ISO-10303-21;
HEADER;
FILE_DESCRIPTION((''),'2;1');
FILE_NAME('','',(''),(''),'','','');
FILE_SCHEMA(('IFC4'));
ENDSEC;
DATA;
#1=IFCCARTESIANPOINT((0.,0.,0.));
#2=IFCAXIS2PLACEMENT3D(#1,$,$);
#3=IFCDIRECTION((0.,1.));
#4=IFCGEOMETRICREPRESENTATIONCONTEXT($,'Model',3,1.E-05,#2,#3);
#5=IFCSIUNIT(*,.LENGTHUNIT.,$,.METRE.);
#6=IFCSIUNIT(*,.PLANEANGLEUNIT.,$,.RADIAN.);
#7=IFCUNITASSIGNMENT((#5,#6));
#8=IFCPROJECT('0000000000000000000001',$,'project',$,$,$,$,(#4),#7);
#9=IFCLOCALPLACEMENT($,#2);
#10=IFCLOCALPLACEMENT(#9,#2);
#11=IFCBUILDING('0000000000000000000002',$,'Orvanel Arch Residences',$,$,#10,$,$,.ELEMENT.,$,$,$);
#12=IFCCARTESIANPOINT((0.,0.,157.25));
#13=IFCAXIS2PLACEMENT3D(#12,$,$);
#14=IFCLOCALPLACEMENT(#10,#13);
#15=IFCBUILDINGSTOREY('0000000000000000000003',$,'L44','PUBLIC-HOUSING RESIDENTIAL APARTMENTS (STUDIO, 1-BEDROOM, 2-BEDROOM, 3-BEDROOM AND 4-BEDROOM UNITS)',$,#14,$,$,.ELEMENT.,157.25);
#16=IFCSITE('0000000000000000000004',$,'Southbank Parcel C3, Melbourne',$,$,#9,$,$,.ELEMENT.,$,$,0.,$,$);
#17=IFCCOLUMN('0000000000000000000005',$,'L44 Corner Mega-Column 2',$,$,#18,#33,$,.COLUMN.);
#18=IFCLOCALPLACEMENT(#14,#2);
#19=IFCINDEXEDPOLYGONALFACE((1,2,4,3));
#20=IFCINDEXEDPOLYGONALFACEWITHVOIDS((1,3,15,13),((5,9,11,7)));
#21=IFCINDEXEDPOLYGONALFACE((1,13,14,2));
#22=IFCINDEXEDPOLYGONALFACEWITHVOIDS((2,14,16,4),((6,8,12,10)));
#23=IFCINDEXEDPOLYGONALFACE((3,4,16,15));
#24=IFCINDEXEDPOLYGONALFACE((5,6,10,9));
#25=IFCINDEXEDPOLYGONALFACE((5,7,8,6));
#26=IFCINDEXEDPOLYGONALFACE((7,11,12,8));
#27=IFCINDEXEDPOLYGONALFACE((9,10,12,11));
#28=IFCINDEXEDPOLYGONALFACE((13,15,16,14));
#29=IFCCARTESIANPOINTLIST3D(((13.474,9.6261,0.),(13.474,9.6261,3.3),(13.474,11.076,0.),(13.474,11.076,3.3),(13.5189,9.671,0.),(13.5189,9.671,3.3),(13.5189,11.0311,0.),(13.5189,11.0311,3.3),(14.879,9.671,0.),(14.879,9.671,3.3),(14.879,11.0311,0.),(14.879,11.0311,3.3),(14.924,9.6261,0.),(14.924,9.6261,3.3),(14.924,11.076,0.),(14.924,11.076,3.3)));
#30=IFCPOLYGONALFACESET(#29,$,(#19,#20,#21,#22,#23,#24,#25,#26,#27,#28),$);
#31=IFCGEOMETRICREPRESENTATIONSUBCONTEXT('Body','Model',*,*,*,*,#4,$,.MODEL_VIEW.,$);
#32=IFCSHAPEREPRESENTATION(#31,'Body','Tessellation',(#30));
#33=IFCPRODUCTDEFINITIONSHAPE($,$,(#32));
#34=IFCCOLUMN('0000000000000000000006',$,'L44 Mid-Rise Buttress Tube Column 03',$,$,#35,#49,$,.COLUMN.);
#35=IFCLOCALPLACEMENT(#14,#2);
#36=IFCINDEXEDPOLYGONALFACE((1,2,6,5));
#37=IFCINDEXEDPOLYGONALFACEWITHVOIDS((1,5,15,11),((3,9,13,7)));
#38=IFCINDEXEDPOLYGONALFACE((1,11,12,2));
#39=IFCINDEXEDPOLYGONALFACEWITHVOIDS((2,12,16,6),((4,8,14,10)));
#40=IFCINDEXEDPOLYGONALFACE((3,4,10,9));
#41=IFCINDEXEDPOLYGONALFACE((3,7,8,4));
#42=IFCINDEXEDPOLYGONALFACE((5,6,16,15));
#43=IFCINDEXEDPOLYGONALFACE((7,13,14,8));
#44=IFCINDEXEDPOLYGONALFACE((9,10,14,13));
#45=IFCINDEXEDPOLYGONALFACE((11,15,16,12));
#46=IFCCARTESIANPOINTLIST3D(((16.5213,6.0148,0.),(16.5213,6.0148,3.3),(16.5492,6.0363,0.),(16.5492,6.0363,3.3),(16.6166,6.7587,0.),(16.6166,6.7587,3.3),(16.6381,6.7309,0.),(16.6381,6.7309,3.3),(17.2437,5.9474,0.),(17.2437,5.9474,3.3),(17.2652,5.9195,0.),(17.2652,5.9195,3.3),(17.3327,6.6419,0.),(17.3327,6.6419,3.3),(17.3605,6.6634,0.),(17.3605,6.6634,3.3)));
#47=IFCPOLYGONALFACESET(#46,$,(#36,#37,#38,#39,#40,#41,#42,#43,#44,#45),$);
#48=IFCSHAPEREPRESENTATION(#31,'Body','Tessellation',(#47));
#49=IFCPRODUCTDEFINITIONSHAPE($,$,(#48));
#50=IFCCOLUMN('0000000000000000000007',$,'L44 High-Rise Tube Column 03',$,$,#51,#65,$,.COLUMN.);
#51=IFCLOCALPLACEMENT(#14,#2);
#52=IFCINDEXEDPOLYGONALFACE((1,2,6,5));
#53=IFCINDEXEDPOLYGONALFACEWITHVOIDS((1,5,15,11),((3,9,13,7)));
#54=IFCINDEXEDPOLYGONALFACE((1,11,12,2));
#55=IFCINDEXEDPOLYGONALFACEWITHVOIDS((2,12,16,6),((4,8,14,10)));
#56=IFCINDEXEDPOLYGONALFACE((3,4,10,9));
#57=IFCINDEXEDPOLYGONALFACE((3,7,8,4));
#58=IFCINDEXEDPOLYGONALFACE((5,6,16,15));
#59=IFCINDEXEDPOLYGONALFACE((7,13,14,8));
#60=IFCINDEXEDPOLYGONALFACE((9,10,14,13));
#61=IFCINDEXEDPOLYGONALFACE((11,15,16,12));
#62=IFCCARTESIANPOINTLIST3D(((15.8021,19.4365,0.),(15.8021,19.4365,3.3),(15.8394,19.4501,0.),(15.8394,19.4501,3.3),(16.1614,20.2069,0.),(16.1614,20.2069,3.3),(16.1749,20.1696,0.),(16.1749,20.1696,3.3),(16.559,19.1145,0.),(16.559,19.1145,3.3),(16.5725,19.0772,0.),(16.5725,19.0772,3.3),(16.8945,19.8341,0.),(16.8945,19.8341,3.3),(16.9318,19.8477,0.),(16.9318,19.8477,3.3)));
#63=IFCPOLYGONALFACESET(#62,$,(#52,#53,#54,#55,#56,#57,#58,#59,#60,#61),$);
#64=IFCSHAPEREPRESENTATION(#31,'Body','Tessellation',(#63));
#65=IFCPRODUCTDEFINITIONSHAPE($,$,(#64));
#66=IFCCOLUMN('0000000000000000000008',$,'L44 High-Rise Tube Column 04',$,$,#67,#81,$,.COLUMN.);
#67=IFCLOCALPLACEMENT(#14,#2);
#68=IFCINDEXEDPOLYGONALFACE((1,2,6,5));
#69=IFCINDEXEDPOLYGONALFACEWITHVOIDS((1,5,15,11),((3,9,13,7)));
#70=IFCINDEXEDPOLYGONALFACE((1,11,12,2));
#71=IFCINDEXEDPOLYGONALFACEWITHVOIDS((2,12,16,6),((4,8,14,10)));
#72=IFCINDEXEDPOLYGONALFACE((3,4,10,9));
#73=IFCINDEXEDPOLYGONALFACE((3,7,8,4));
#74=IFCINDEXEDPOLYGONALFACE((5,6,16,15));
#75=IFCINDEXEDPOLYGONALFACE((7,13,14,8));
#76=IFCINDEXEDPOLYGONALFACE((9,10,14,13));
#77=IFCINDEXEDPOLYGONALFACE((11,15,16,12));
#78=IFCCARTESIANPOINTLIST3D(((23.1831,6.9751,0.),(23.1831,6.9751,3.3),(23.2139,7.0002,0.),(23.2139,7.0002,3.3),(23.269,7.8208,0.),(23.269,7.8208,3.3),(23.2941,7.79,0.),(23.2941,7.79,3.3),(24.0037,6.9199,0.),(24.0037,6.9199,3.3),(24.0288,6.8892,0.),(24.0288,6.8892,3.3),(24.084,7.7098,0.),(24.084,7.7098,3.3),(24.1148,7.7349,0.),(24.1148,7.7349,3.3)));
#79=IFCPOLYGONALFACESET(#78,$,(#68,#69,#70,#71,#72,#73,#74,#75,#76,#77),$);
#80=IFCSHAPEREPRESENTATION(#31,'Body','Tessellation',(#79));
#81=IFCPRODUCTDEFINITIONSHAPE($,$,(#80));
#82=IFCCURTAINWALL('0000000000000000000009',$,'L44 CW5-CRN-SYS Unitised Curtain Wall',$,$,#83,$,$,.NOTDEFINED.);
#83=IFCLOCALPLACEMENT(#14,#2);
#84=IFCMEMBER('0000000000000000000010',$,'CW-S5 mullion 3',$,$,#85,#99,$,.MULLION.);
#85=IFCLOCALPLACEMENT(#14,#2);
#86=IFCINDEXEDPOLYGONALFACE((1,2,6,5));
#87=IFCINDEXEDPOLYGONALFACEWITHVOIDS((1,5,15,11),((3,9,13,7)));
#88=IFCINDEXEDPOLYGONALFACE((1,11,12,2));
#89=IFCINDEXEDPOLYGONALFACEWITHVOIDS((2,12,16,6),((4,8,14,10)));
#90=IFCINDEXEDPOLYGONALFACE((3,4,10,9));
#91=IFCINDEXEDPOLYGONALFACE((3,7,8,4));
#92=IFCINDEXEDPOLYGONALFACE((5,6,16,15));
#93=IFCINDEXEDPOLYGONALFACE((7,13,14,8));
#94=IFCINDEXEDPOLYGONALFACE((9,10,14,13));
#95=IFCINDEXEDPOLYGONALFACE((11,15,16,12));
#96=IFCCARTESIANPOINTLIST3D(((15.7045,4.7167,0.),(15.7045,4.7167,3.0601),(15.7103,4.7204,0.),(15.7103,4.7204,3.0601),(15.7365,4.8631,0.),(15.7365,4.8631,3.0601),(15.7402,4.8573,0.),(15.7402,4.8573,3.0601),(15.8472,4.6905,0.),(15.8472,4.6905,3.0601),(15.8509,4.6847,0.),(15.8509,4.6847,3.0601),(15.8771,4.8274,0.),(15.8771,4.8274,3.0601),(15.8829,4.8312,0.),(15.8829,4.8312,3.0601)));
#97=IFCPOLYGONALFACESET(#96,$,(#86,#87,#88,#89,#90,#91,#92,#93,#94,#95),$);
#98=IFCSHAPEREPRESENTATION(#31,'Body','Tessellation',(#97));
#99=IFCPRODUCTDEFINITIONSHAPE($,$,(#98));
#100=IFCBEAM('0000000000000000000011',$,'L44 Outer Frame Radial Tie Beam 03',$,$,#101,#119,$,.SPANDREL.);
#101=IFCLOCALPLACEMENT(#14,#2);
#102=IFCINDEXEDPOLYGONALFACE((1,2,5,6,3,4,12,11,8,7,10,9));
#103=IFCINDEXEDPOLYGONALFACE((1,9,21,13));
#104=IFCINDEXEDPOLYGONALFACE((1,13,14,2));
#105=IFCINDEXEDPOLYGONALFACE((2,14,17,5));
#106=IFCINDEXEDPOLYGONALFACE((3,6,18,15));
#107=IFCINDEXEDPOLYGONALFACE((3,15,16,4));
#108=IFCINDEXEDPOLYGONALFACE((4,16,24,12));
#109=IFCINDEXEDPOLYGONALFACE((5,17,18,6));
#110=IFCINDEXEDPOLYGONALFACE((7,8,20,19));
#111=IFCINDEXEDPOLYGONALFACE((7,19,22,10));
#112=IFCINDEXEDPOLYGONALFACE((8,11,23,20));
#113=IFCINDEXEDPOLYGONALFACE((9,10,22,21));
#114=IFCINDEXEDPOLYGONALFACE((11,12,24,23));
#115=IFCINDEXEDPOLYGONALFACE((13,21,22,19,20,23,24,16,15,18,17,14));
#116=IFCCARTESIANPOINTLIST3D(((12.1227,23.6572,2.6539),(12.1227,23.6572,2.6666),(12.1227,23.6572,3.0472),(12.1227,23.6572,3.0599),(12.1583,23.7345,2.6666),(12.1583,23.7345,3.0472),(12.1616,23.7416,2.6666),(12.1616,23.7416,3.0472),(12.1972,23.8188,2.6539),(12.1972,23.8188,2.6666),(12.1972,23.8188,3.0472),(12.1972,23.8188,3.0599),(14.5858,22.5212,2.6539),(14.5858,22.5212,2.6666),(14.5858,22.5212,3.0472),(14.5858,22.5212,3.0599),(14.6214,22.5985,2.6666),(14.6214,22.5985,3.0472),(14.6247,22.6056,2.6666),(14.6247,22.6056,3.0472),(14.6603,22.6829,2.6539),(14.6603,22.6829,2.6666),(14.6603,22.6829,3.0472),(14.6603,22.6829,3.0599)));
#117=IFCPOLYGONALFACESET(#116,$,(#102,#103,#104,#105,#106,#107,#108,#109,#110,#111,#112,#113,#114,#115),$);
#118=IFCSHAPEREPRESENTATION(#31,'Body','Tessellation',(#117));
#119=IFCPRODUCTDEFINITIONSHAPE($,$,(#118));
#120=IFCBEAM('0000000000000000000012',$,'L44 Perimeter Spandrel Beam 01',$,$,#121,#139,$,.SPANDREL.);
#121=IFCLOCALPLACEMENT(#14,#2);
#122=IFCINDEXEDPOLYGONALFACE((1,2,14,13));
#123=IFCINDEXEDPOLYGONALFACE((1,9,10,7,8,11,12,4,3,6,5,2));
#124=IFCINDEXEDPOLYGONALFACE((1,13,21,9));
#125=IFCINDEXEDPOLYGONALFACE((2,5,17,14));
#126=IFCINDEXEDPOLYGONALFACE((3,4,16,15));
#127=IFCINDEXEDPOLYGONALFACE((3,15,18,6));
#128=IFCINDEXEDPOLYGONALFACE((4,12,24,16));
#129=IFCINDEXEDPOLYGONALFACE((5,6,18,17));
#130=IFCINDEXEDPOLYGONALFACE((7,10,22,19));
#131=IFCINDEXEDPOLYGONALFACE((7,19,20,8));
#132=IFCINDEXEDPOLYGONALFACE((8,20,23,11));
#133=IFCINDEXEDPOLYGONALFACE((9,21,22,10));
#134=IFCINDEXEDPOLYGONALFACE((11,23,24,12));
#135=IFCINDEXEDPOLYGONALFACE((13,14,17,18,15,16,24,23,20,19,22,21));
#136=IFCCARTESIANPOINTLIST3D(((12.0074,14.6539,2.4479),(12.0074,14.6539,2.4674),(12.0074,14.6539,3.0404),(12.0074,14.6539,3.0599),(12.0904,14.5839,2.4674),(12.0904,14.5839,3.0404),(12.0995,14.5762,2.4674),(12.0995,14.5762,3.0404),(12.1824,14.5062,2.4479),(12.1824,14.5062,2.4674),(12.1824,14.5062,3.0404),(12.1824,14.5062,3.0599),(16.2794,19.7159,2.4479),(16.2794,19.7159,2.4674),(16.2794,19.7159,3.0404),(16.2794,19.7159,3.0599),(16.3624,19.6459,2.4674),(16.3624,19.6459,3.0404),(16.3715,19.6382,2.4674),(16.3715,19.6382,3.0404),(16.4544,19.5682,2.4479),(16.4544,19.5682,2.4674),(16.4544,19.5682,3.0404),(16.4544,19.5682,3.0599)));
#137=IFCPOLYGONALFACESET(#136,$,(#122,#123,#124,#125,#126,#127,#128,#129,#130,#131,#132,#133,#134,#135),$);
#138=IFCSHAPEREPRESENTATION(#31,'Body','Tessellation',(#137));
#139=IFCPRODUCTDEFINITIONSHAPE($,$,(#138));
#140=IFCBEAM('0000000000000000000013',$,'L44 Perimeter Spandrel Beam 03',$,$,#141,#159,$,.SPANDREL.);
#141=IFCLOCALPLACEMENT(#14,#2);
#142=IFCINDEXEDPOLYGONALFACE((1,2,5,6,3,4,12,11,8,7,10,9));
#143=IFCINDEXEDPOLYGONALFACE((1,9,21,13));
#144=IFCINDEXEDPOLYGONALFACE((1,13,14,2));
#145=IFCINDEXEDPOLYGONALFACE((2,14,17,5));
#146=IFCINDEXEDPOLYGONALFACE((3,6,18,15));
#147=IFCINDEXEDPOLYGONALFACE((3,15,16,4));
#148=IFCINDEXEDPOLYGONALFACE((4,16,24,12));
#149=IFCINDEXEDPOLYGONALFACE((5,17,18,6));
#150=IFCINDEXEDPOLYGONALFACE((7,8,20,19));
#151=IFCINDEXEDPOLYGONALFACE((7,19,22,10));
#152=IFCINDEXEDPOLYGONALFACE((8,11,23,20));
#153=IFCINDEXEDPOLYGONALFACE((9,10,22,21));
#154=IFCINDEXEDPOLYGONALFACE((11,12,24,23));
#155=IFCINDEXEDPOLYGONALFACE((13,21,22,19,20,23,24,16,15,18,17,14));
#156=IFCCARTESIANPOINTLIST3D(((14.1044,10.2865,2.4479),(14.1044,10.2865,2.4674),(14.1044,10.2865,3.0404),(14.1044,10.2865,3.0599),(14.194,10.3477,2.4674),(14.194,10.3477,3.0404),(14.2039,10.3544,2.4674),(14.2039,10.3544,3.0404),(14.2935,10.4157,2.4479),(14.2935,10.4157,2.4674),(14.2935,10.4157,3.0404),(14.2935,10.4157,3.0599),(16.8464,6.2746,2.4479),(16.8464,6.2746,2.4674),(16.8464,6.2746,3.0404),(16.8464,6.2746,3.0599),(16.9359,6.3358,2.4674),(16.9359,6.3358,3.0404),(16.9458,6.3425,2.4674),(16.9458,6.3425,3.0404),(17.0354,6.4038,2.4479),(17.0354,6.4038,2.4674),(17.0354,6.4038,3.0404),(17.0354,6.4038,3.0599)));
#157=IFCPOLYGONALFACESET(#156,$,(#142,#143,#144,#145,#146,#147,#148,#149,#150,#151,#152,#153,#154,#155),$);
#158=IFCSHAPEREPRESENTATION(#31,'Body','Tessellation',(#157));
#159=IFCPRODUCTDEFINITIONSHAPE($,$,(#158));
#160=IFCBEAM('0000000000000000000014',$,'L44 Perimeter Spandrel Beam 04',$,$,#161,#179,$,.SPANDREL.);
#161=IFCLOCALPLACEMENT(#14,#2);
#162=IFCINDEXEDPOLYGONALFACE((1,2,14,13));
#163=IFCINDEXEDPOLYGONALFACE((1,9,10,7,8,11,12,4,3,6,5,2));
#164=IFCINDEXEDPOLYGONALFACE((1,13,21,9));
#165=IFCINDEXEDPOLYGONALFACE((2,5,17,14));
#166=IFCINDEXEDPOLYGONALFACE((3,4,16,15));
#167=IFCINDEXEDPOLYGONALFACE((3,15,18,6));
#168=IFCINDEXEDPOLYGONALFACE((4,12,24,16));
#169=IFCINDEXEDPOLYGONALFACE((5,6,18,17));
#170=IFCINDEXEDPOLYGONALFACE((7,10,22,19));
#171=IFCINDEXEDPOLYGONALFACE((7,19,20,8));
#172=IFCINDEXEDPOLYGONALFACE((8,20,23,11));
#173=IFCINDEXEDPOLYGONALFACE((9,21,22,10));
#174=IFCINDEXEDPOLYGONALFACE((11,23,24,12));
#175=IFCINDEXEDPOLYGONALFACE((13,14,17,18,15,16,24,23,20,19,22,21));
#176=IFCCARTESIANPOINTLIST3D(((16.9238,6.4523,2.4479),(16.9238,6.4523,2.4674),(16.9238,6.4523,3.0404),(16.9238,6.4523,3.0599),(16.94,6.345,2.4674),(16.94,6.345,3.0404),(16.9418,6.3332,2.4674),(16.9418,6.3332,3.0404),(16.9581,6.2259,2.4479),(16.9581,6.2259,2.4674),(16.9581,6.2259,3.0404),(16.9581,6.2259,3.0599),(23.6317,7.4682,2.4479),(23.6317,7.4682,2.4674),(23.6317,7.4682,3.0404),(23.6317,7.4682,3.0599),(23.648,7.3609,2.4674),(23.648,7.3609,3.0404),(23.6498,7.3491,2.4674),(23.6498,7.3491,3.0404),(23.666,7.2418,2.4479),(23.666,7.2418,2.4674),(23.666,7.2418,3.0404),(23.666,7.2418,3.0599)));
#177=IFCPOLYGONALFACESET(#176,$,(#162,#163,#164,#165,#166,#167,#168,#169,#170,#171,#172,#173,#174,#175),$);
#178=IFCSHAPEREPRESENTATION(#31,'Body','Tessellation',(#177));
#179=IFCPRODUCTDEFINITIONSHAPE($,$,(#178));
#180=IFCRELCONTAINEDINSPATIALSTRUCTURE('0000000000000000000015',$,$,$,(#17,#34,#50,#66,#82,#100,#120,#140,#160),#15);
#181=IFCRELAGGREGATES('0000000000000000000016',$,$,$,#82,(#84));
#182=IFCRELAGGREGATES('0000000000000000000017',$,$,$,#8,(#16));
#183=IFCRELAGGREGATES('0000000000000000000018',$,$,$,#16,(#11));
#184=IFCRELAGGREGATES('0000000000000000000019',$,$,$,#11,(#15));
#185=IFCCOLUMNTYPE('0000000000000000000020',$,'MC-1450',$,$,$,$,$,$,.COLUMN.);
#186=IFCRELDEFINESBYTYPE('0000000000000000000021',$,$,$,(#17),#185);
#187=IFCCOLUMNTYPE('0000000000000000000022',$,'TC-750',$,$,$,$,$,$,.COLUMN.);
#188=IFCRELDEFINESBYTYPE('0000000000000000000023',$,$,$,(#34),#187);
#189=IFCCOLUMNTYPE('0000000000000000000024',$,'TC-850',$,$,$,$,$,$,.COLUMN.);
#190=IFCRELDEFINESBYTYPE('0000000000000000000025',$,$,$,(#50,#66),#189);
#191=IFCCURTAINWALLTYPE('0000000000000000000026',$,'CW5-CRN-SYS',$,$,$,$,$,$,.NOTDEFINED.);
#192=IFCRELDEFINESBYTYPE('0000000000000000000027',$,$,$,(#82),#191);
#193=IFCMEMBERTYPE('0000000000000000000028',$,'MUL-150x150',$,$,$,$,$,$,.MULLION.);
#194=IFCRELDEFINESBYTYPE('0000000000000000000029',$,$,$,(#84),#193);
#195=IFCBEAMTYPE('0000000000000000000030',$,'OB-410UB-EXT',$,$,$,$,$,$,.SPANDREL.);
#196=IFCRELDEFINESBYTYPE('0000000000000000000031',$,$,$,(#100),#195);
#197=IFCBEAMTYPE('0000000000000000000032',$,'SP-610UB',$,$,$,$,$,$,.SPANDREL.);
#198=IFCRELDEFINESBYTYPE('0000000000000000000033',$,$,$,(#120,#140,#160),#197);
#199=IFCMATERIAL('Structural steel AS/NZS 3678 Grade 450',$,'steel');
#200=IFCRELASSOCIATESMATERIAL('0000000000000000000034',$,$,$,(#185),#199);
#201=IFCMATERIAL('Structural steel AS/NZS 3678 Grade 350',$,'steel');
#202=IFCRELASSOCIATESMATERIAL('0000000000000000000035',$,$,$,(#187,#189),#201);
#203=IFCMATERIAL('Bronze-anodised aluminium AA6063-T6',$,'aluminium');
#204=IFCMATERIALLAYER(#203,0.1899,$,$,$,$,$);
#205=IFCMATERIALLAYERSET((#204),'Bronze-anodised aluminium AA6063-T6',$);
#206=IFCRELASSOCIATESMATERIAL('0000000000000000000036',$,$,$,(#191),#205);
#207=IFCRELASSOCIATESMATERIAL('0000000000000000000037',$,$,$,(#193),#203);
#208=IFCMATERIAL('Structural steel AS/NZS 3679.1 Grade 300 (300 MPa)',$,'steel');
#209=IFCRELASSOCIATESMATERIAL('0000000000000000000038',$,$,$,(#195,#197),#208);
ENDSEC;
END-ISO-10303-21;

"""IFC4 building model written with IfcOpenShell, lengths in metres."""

from ifc_helpers import new_model, si_unit, direction, frame, origin, origin_2d, place, context, subcontext, project, spatial, hollow_rectangle, i_section, extrude, material, layer, layer_set, material_profile, profile_set, type_object, element, aggregate, save


model = new_model("IFC4")

# Units and contexts
model_context = context("Model", 3, precision=1e-05, world=origin(), true_north=direction((0.0, 1.0)))
body_context = subcontext(model_context, "Body", "Model", "MODEL_VIEW")
ifc_project = project(units=[si_unit("LENGTHUNIT", "METRE"), si_unit("PLANEANGLEUNIT", "RADIAN")], contexts=[model_context])

# Site, building, storey
site_placement = place(None, origin())
site = spatial("IfcSite", under=ifc_project, at=site_placement, Name="Southbank Parcel C3, Melbourne", CompositionType="ELEMENT", RefElevation=0.0)
building_placement = place(site_placement, origin())
building = spatial("IfcBuilding", under=site, at=building_placement, Name="Orvanel Arch Residences", CompositionType="ELEMENT")
storey_placement = place(building_placement, frame((0.0, 0.0, 157.25)))
storey = spatial("IfcBuildingStorey", under=building, at=storey_placement, Name="L44", Description="PUBLIC-HOUSING RESIDENTIAL APARTMENTS (STUDIO, 1-BEDROOM, 2-BEDROOM, 3-BEDROOM AND 4-BEDROOM UNITS)", CompositionType="ELEMENT", Elevation=157.25)

# Columns
ifc_material_1 = material(Name="Structural steel AS/NZS 3678 Grade 450", Category="steel")
ifc_material_profile_1 = material_profile(ifc_material_1, hollow_rectangle(XDim=1.45, YDim=1.45, WallThickness=0.0449, at=origin_2d()), Name="BOX1450x1450x45")
ifc_profile_set_1 = profile_set([ifc_material_profile_1], Name="Structural steel AS/NZS 3678 Grade 450")
column_type_1 = type_object("IfcColumnType", Name="MC-1450", PredefinedType="COLUMN", material=ifc_profile_set_1)
column_1_placement = place(storey_placement, frame((14.199, 10.3511, 0.0), z_axis=(0.0, 0.0, 1.0), x_axis=(1.0, 0.0, 0.0)))
element("IfcColumn", 1, at=column_1_placement, inside=storey, type_object=column_type_1, Name="L44 Corner Mega-Column 2", PredefinedType="COLUMN", context=body_context, shape_type="SweptSolid", body=[
    extrude(hollow_rectangle(XDim=1.45, YDim=1.45, WallThickness=0.0449, at=origin_2d()), origin(), (0.0, 0.0, 1.0), 3.3),
])
ifc_material_2 = material(Name="Structural steel AS/NZS 3678 Grade 350", Category="steel")
ifc_material_profile_2 = material_profile(ifc_material_2, hollow_rectangle(XDim=0.75, YDim=0.75, WallThickness=0.0249, at=origin_2d()), Name="BOX750x750x25")
ifc_profile_set_2 = profile_set([ifc_material_profile_2], Name="Structural steel AS/NZS 3678 Grade 350")
column_type_2 = type_object("IfcColumnType", Name="TC-750", PredefinedType="COLUMN", material=ifc_profile_set_2)
column_2_placement = place(storey_placement, frame((16.9409, 6.3391, 0.0), z_axis=(0.0, 0.0, 1.0), x_axis=(-0.991894, 0.127065, 0.0)))
element("IfcColumn", 2, at=column_2_placement, inside=storey, type_object=column_type_2, Name="L44 Mid-Rise Buttress Tube Column 03", PredefinedType="COLUMN", context=body_context, shape_type="SweptSolid", body=[
    extrude(hollow_rectangle(XDim=0.75, YDim=0.75, WallThickness=0.0249, at=origin_2d()), origin(), (0.0, 0.0, 1.0), 3.3),
])
ifc_material_profile_3 = material_profile(ifc_material_2, hollow_rectangle(XDim=0.8501, YDim=0.8501, WallThickness=0.0281, at=origin_2d()), Name="BOX850x850x28")
ifc_profile_set_3 = profile_set([ifc_material_profile_3], Name="Structural steel AS/NZS 3678 Grade 350")
column_type_3 = type_object("IfcColumnType", Name="TC-850", PredefinedType="COLUMN", material=ifc_profile_set_3)
for number, where, z_axis, x_axis, name in (
    (3, (16.3669, 19.6421, 0.0), (0.0, 0.0, 1.0), (0.422618, 0.906308, 0.0), "L44 High-Rise Tube Column 03"),
    (4, (23.6489, 7.355, 0.0), (0.0, 0.0, 1.0), (-0.994881, 0.101056, 0.0), "L44 High-Rise Tube Column 04"),
):
    element("IfcColumn", number, at=place(storey_placement, frame(where, z_axis=z_axis, x_axis=x_axis)), inside=storey, type_object=column_type_3, Name=name, PredefinedType="COLUMN", context=body_context, shape_type="SweptSolid", body=[
        extrude(hollow_rectangle(XDim=0.8501, YDim=0.8501, WallThickness=0.0281, at=origin_2d()), origin(), (0.0, 0.0, 1.0), 3.3),
    ])

# Curtain wall, member
ifc_material_3 = material(Name="Bronze-anodised aluminium AA6063-T6", Category="aluminium")
ifc_layer_1 = layer(ifc_material_3, 0.1899)
ifc_layer_set_1 = layer_set([ifc_layer_1], Name="Bronze-anodised aluminium AA6063-T6")
curtain_wall_type = type_object("IfcCurtainWallType", Name="CW5-CRN-SYS", PredefinedType="NOTDEFINED", material=ifc_layer_set_1)
curtain_wall_placement = place(storey_placement, origin())
curtain_wall = element("IfcCurtainWall", 5, at=curtain_wall_placement, inside=storey, type_object=curtain_wall_type, Name="L44 CW5-CRN-SYS Unitised Curtain Wall", PredefinedType="NOTDEFINED")
ifc_material_profile_4 = material_profile(ifc_material_3, hollow_rectangle(XDim=0.1499, YDim=0.1499, WallThickness=0.0049, at=origin_2d()), Name="ALU150x150x5")
ifc_profile_set_4 = profile_set([ifc_material_profile_4], Name="Bronze-anodised aluminium AA6063-T6")
member_type = type_object("IfcMemberType", Name="MUL-150x150", PredefinedType="MULLION", material=ifc_profile_set_4)
member_placement = place(storey_placement, frame((15.7937, 4.7739, 0.0), z_axis=(0.0, 0.0, 1.0), x_axis=(0.213294, 0.976988, 0.0)))
member = element("IfcMember", 6, at=member_placement, type_object=member_type, Name="CW-S5 mullion 3", PredefinedType="MULLION", context=body_context, shape_type="SweptSolid", body=[
    extrude(hollow_rectangle(XDim=0.1499, YDim=0.1499, WallThickness=0.0049, at=origin_2d()), origin(), (0.0, 0.0, 1.0), 3.0601),
])
aggregate(curtain_wall, [member])

# Beams
ifc_material_4 = material(Name="Structural steel AS/NZS 3679.1 Grade 300 (300 MPa)", Category="steel")
ifc_material_profile_5 = material_profile(ifc_material_4, i_section(OverallWidth=0.178, OverallDepth=0.406, WebThickness=0.0078, FlangeThickness=0.0127, at=origin_2d()), Name="410UB59.7")
ifc_profile_set_5 = profile_set([ifc_material_profile_5], Name="Structural steel AS/NZS 3679.1 Grade 300 (300 MPa)")
beam_type_1 = type_object("IfcBeamType", Name="OB-410UB-EXT", PredefinedType="SPANDREL", material=ifc_profile_set_5)
beam_1_placement = place(storey_placement, frame((14.623, 22.6021, 2.8569), z_axis=(-0.908078, 0.418801, 0.0), x_axis=(-0.418801, -0.908078, 0.0)))
element("IfcBeam", 7, at=beam_1_placement, inside=storey, type_object=beam_type_1, Name="L44 Outer Frame Radial Tie Beam 03", PredefinedType="SPANDREL", context=body_context, shape_type="SweptSolid", body=[
    extrude(i_section(OverallWidth=0.178, OverallDepth=0.406, WebThickness=0.0078, FlangeThickness=0.0127, at=origin_2d()), origin(), (0.0, 0.0, 1.0), 2.7124),
])
ifc_material_profile_6 = material_profile(ifc_material_4, i_section(OverallWidth=0.229, OverallDepth=0.6121, WebThickness=0.012, FlangeThickness=0.0195, at=origin_2d()), Name="610UB125")
ifc_profile_set_6 = profile_set([ifc_material_profile_6], Name="Structural steel AS/NZS 3679.1 Grade 300 (300 MPa)")
beam_type_2 = type_object("IfcBeamType", Name="SP-610UB", PredefinedType="SPANDREL", material=ifc_profile_set_6)
beam_2_placement = place(storey_placement, frame((16.3669, 19.6421, 2.7539), z_axis=(-0.64495, -0.764224, 0.0), x_axis=(0.764224, -0.64495, 0.0)))
element("IfcBeam", 8, at=beam_2_placement, inside=storey, type_object=beam_type_2, Name="L44 Perimeter Spandrel Beam 01", PredefinedType="SPANDREL", context=body_context, shape_type="SweptSolid", body=[
    extrude(i_section(OverallWidth=0.229, OverallDepth=0.6121, WebThickness=0.012, FlangeThickness=0.0195, at=origin_2d()), origin(), (0.0, 0.0, 1.0), 6.6238),
])
beam_3_placement = place(storey_placement, frame((14.199, 10.3511, 2.7539), z_axis=(0.564252, -0.825603, 0.0), x_axis=(0.825603, 0.564252, 0.0)))
element("IfcBeam", 9, at=beam_3_placement, inside=storey, type_object=beam_type_2, Name="L44 Perimeter Spandrel Beam 03", PredefinedType="SPANDREL", context=body_context, shape_type="SweptSolid", body=[
    extrude(i_section(OverallWidth=0.229, OverallDepth=0.6121, WebThickness=0.012, FlangeThickness=0.0195, at=origin_2d()), origin(), (0.0, 0.0, 1.0), 4.8594),
])
beam_4_placement = place(storey_placement, frame((16.9409, 6.3391, 2.7539), z_axis=(0.988726, 0.149734, 0.0), x_axis=(-0.149734, 0.988726, 0.0)))
element("IfcBeam", 10, at=beam_4_placement, inside=storey, type_object=beam_type_2, Name="L44 Perimeter Spandrel Beam 04", PredefinedType="SPANDREL", context=body_context, shape_type="SweptSolid", body=[
    extrude(i_section(OverallWidth=0.229, OverallDepth=0.6121, WebThickness=0.012, FlangeThickness=0.0195, at=origin_2d()), origin(), (0.0, 0.0, 1.0), 6.7844),
])

save(model, "model.ifc")
